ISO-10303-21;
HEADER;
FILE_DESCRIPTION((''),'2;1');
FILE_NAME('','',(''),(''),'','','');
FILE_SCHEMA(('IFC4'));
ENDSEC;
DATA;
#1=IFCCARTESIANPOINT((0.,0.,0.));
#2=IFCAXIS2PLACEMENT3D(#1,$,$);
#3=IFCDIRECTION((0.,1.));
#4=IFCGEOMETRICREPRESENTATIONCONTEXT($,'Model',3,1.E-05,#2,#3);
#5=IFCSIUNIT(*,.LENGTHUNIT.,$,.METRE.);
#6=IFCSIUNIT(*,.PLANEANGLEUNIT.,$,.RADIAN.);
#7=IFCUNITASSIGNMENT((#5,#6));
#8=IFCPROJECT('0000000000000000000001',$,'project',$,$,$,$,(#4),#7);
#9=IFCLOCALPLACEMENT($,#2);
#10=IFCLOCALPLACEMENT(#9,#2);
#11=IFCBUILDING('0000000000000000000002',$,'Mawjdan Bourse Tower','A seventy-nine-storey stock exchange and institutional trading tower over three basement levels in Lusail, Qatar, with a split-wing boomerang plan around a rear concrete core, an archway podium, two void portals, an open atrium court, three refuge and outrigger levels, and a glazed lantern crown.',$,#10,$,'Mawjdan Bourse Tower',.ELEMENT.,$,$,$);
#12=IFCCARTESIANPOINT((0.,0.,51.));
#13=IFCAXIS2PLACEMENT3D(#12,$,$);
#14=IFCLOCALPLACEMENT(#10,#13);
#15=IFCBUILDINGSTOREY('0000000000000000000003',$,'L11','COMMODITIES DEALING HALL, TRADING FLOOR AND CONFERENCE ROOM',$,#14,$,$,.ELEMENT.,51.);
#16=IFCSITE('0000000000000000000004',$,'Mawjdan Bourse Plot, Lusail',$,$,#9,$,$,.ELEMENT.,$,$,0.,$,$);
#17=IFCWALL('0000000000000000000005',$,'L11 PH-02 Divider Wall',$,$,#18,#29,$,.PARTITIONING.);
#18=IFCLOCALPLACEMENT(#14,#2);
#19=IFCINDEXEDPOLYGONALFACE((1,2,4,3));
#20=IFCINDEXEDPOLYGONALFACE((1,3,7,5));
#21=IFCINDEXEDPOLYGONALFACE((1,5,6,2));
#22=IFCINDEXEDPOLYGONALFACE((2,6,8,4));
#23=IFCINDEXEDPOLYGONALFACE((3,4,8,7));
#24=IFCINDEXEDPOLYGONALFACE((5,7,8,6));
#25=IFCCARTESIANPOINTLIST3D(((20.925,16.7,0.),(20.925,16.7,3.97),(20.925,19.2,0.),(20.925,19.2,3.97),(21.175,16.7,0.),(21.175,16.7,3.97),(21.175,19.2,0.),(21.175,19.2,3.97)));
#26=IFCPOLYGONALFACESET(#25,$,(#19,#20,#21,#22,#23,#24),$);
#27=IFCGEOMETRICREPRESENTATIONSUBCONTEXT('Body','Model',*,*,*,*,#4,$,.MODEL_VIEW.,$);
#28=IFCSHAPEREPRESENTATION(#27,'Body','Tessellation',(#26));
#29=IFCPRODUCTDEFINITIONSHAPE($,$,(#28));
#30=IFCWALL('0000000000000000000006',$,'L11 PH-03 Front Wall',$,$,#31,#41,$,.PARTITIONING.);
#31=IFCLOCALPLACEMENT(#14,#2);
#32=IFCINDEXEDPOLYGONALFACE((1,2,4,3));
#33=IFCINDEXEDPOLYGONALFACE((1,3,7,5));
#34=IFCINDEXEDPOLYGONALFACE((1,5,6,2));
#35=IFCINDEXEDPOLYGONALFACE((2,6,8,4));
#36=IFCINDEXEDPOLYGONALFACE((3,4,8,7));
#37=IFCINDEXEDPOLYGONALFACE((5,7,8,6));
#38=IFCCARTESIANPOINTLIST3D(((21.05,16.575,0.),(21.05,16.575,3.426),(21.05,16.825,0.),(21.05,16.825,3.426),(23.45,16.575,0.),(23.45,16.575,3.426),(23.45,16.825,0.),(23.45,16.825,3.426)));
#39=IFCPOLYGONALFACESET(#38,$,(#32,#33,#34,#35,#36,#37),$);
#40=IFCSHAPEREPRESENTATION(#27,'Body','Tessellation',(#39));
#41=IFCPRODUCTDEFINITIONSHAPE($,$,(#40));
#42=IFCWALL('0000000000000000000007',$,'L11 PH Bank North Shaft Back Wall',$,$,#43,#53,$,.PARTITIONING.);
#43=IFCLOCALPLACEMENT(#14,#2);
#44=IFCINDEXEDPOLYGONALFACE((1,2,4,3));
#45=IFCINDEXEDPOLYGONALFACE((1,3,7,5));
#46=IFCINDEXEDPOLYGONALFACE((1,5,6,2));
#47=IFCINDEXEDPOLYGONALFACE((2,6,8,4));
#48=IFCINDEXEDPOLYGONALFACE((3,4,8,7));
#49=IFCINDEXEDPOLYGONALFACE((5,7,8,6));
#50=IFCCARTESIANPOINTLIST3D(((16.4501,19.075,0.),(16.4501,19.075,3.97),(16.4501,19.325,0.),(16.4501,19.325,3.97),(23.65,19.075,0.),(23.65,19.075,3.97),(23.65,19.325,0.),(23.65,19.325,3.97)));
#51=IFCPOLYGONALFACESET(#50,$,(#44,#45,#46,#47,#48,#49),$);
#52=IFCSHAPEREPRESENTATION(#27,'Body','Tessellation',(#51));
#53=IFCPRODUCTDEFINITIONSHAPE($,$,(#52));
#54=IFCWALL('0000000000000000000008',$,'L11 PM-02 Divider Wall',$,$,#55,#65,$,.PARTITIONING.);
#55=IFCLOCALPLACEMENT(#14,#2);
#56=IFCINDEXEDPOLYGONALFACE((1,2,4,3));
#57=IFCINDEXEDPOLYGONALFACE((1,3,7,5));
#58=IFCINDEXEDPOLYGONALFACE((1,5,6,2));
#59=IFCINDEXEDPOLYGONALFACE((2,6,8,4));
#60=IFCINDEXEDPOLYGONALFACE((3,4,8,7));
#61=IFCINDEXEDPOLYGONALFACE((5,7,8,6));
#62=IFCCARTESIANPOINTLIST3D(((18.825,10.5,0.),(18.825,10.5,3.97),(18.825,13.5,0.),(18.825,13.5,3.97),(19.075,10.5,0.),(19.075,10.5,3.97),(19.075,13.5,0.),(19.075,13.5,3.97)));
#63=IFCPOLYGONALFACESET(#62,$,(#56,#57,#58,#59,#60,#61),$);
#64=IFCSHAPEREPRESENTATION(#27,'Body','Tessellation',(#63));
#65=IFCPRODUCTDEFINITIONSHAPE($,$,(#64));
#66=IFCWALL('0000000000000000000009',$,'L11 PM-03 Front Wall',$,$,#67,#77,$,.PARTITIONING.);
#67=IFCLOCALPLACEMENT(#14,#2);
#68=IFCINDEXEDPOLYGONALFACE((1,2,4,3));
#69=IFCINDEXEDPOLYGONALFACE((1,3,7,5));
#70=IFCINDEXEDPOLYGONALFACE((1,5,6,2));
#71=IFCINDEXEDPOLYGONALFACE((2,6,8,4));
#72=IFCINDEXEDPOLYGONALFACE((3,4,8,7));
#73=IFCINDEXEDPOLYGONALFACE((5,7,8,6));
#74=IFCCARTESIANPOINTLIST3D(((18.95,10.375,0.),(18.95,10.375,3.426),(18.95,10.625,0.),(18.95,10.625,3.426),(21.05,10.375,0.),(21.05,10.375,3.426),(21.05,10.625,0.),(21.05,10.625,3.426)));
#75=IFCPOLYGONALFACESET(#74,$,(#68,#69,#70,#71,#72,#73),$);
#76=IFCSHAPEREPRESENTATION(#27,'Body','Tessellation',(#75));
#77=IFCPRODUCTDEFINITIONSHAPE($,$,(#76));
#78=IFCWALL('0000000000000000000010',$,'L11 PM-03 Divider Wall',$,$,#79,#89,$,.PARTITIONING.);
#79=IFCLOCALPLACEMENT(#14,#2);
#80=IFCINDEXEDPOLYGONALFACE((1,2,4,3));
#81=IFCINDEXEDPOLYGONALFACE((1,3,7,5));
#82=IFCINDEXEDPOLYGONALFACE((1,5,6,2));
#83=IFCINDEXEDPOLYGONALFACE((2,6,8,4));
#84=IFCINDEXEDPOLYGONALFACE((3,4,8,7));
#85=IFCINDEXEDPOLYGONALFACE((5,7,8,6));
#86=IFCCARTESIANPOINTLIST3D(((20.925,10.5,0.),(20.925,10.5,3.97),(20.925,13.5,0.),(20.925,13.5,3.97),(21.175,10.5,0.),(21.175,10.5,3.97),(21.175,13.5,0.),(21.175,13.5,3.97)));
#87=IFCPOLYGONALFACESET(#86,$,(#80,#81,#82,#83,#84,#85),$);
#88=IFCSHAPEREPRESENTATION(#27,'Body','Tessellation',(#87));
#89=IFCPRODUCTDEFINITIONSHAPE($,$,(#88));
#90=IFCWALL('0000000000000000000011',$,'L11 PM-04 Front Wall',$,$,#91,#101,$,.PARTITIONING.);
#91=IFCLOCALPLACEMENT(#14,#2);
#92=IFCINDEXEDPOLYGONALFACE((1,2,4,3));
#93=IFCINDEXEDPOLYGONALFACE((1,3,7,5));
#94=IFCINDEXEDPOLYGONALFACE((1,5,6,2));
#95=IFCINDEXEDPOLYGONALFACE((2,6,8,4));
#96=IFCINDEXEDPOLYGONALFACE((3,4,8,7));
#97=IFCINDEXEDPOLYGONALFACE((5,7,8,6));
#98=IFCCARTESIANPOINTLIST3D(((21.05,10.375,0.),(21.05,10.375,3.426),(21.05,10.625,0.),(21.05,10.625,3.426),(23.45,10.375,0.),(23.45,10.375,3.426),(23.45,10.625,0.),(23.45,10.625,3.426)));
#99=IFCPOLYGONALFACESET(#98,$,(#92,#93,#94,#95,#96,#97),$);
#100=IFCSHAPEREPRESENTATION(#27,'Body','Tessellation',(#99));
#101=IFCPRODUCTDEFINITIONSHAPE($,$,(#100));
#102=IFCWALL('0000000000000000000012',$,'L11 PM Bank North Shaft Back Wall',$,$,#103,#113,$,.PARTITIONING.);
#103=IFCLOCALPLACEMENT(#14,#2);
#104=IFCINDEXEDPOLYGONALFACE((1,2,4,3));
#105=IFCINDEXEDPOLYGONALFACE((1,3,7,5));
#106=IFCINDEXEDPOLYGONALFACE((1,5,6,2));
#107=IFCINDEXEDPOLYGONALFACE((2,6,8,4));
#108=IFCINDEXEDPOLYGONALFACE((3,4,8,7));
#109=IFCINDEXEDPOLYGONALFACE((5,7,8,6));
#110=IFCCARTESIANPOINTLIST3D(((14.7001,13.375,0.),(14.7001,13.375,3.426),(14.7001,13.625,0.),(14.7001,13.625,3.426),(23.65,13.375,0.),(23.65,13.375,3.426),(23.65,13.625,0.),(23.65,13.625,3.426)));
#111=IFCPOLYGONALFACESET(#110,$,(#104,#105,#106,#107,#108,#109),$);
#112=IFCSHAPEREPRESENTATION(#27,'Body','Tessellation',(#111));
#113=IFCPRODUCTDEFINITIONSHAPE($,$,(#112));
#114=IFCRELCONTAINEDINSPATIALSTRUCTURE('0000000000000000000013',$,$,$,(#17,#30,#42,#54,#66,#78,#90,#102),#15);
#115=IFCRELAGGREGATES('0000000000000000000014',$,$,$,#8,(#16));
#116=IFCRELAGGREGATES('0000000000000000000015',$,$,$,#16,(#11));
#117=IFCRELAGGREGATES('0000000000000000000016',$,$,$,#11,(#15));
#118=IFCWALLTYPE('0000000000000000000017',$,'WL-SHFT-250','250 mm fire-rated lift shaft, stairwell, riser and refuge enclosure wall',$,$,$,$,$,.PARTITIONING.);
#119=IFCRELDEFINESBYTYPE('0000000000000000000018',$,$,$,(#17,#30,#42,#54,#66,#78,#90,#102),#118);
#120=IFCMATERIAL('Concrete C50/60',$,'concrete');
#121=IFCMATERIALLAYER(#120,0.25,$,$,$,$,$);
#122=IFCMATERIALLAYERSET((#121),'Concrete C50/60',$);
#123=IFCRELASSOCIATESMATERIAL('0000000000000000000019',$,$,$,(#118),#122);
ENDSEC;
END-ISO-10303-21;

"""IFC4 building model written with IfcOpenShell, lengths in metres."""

from ifc_helpers import new_model, si_unit, direction, frame, frame_2d, origin, place, context, subcontext, project, spatial, rectangle, extrude, material, layer, layer_set, type_object, element, save


model = new_model("IFC4")

# Units and contexts
model_context = context("Model", 3, precision=1e-05, world=origin(), true_north=direction((0.0, 1.0)))
body_context = subcontext(model_context, "Body", "Model", "MODEL_VIEW")
ifc_project = project(units=[si_unit("LENGTHUNIT", "METRE"), si_unit("PLANEANGLEUNIT", "RADIAN")], contexts=[model_context])

# Site, building, storey
site_placement = place(None, origin())
site = spatial("IfcSite", under=ifc_project, at=site_placement, Name="Mawjdan Bourse Plot, Lusail", CompositionType="ELEMENT", RefElevation=0.0)
building_placement = place(site_placement, origin())
building = spatial("IfcBuilding", under=site, at=building_placement, Name="Mawjdan Bourse Tower", Description="A seventy-nine-storey stock exchange and institutional trading tower over three basement levels in Lusail, Qatar, with a split-wing boomerang plan around a rear concrete core, an archway podium, two void portals, an open atrium court, three refuge and outrigger levels, and a glazed lantern crown.", LongName="Mawjdan Bourse Tower", CompositionType="ELEMENT")
storey_placement = place(building_placement, frame((0.0, 0.0, 51.0)))
storey = spatial("IfcBuildingStorey", under=building, at=storey_placement, Name="L11", Description="COMMODITIES DEALING HALL, TRADING FLOOR AND CONFERENCE ROOM", CompositionType="ELEMENT", Elevation=51.0)

# Shared definitions
ifc_material_1 = material(Name="Concrete C50/60", Category="concrete")
ifc_layer_1 = layer(ifc_material_1, 0.25)
ifc_layer_set_1 = layer_set([ifc_layer_1], Name="Concrete C50/60")
wall_type_1 = type_object("IfcWallType", Name="WL-SHFT-250", Description="250 mm fire-rated lift shaft, stairwell, riser and refuge enclosure wall", PredefinedType="PARTITIONING", material=ifc_layer_set_1)

# Walls
wall_1_placement = place(storey_placement, frame((21.05, 16.7, 0.0), z_axis=(0.0, 0.0, 1.0), x_axis=(0.0, 1.0, 0.0)))
element("IfcWall", 1, at=wall_1_placement, inside=storey, type_object=wall_type_1, Name="L11 PH-02 Divider Wall", PredefinedType="PARTITIONING", context=body_context, shape_type="SweptSolid", body=[
    extrude(rectangle(XDim=2.5, YDim=0.25, at=frame_2d((1.25, 0.0))), origin(), (0.0, 0.0, 1.0), 3.97),
])
wall_2_placement = place(storey_placement, frame((21.05, 16.7, 0.0), z_axis=(0.0, 0.0, 1.0), x_axis=(1.0, 0.0, 0.0)))
element("IfcWall", 2, at=wall_2_placement, inside=storey, type_object=wall_type_1, Name="L11 PH-03 Front Wall", PredefinedType="PARTITIONING", context=body_context, shape_type="SweptSolid", body=[
    extrude(rectangle(XDim=2.3999, YDim=0.25, at=frame_2d((1.2, 0.0))), origin(), (0.0, 0.0, 1.0), 3.426),
])
wall_3_placement = place(storey_placement, frame((16.45, 19.2, 0.0), z_axis=(0.0, 0.0, 1.0), x_axis=(1.0, 0.0, 0.0)))
element("IfcWall", 3, at=wall_3_placement, inside=storey, type_object=wall_type_1, Name="L11 PH Bank North Shaft Back Wall", PredefinedType="PARTITIONING", context=body_context, shape_type="SweptSolid", body=[
    extrude(rectangle(XDim=7.2, YDim=0.25, at=frame_2d((3.6001, 0.0))), origin(), (0.0, 0.0, 1.0), 3.97),
])
wall_4_placement = place(storey_placement, frame((18.95, 10.5, 0.0), z_axis=(0.0, 0.0, 1.0), x_axis=(0.0, 1.0, 0.0)))
element("IfcWall", 4, at=wall_4_placement, inside=storey, type_object=wall_type_1, Name="L11 PM-02 Divider Wall", PredefinedType="PARTITIONING", context=body_context, shape_type="SweptSolid", body=[
    extrude(rectangle(XDim=3.0, YDim=0.25, at=frame_2d((1.5, 0.0))), origin(), (0.0, 0.0, 1.0), 3.97),
])
wall_5_placement = place(storey_placement, frame((18.95, 10.5, 0.0), z_axis=(0.0, 0.0, 1.0), x_axis=(1.0, 0.0, 0.0)))
element("IfcWall", 5, at=wall_5_placement, inside=storey, type_object=wall_type_1, Name="L11 PM-03 Front Wall", PredefinedType="PARTITIONING", context=body_context, shape_type="SweptSolid", body=[
    extrude(rectangle(XDim=2.1001, YDim=0.25, at=frame_2d((1.05, 0.0))), origin(), (0.0, 0.0, 1.0), 3.426),
])
wall_6_placement = place(storey_placement, frame((21.05, 10.5, 0.0), z_axis=(0.0, 0.0, 1.0), x_axis=(0.0, 1.0, 0.0)))
element("IfcWall", 6, at=wall_6_placement, inside=storey, type_object=wall_type_1, Name="L11 PM-03 Divider Wall", PredefinedType="PARTITIONING", context=body_context, shape_type="SweptSolid", body=[
    extrude(rectangle(XDim=3.0, YDim=0.25, at=frame_2d((1.5, 0.0))), origin(), (0.0, 0.0, 1.0), 3.97),
])
wall_7_placement = place(storey_placement, frame((21.05, 10.5, 0.0), z_axis=(0.0, 0.0, 1.0), x_axis=(1.0, 0.0, 0.0)))
element("IfcWall", 7, at=wall_7_placement, inside=storey, type_object=wall_type_1, Name="L11 PM-04 Front Wall", PredefinedType="PARTITIONING", context=body_context, shape_type="SweptSolid", body=[
    extrude(rectangle(XDim=2.3999, YDim=0.25, at=frame_2d((1.2, 0.0))), origin(), (0.0, 0.0, 1.0), 3.426),
])
wall_8_placement = place(storey_placement, frame((14.7, 13.5, 0.0), z_axis=(0.0, 0.0, 1.0), x_axis=(1.0, 0.0, 0.0)))
element("IfcWall", 8, at=wall_8_placement, inside=storey, type_object=wall_type_1, Name="L11 PM Bank North Shaft Back Wall", PredefinedType="PARTITIONING", context=body_context, shape_type="SweptSolid", body=[
    extrude(rectangle(XDim=8.95, YDim=0.25, at=frame_2d((4.4751, 0.0))), origin(), (0.0, 0.0, 1.0), 3.426),
])

save(model, "model.ifc")
